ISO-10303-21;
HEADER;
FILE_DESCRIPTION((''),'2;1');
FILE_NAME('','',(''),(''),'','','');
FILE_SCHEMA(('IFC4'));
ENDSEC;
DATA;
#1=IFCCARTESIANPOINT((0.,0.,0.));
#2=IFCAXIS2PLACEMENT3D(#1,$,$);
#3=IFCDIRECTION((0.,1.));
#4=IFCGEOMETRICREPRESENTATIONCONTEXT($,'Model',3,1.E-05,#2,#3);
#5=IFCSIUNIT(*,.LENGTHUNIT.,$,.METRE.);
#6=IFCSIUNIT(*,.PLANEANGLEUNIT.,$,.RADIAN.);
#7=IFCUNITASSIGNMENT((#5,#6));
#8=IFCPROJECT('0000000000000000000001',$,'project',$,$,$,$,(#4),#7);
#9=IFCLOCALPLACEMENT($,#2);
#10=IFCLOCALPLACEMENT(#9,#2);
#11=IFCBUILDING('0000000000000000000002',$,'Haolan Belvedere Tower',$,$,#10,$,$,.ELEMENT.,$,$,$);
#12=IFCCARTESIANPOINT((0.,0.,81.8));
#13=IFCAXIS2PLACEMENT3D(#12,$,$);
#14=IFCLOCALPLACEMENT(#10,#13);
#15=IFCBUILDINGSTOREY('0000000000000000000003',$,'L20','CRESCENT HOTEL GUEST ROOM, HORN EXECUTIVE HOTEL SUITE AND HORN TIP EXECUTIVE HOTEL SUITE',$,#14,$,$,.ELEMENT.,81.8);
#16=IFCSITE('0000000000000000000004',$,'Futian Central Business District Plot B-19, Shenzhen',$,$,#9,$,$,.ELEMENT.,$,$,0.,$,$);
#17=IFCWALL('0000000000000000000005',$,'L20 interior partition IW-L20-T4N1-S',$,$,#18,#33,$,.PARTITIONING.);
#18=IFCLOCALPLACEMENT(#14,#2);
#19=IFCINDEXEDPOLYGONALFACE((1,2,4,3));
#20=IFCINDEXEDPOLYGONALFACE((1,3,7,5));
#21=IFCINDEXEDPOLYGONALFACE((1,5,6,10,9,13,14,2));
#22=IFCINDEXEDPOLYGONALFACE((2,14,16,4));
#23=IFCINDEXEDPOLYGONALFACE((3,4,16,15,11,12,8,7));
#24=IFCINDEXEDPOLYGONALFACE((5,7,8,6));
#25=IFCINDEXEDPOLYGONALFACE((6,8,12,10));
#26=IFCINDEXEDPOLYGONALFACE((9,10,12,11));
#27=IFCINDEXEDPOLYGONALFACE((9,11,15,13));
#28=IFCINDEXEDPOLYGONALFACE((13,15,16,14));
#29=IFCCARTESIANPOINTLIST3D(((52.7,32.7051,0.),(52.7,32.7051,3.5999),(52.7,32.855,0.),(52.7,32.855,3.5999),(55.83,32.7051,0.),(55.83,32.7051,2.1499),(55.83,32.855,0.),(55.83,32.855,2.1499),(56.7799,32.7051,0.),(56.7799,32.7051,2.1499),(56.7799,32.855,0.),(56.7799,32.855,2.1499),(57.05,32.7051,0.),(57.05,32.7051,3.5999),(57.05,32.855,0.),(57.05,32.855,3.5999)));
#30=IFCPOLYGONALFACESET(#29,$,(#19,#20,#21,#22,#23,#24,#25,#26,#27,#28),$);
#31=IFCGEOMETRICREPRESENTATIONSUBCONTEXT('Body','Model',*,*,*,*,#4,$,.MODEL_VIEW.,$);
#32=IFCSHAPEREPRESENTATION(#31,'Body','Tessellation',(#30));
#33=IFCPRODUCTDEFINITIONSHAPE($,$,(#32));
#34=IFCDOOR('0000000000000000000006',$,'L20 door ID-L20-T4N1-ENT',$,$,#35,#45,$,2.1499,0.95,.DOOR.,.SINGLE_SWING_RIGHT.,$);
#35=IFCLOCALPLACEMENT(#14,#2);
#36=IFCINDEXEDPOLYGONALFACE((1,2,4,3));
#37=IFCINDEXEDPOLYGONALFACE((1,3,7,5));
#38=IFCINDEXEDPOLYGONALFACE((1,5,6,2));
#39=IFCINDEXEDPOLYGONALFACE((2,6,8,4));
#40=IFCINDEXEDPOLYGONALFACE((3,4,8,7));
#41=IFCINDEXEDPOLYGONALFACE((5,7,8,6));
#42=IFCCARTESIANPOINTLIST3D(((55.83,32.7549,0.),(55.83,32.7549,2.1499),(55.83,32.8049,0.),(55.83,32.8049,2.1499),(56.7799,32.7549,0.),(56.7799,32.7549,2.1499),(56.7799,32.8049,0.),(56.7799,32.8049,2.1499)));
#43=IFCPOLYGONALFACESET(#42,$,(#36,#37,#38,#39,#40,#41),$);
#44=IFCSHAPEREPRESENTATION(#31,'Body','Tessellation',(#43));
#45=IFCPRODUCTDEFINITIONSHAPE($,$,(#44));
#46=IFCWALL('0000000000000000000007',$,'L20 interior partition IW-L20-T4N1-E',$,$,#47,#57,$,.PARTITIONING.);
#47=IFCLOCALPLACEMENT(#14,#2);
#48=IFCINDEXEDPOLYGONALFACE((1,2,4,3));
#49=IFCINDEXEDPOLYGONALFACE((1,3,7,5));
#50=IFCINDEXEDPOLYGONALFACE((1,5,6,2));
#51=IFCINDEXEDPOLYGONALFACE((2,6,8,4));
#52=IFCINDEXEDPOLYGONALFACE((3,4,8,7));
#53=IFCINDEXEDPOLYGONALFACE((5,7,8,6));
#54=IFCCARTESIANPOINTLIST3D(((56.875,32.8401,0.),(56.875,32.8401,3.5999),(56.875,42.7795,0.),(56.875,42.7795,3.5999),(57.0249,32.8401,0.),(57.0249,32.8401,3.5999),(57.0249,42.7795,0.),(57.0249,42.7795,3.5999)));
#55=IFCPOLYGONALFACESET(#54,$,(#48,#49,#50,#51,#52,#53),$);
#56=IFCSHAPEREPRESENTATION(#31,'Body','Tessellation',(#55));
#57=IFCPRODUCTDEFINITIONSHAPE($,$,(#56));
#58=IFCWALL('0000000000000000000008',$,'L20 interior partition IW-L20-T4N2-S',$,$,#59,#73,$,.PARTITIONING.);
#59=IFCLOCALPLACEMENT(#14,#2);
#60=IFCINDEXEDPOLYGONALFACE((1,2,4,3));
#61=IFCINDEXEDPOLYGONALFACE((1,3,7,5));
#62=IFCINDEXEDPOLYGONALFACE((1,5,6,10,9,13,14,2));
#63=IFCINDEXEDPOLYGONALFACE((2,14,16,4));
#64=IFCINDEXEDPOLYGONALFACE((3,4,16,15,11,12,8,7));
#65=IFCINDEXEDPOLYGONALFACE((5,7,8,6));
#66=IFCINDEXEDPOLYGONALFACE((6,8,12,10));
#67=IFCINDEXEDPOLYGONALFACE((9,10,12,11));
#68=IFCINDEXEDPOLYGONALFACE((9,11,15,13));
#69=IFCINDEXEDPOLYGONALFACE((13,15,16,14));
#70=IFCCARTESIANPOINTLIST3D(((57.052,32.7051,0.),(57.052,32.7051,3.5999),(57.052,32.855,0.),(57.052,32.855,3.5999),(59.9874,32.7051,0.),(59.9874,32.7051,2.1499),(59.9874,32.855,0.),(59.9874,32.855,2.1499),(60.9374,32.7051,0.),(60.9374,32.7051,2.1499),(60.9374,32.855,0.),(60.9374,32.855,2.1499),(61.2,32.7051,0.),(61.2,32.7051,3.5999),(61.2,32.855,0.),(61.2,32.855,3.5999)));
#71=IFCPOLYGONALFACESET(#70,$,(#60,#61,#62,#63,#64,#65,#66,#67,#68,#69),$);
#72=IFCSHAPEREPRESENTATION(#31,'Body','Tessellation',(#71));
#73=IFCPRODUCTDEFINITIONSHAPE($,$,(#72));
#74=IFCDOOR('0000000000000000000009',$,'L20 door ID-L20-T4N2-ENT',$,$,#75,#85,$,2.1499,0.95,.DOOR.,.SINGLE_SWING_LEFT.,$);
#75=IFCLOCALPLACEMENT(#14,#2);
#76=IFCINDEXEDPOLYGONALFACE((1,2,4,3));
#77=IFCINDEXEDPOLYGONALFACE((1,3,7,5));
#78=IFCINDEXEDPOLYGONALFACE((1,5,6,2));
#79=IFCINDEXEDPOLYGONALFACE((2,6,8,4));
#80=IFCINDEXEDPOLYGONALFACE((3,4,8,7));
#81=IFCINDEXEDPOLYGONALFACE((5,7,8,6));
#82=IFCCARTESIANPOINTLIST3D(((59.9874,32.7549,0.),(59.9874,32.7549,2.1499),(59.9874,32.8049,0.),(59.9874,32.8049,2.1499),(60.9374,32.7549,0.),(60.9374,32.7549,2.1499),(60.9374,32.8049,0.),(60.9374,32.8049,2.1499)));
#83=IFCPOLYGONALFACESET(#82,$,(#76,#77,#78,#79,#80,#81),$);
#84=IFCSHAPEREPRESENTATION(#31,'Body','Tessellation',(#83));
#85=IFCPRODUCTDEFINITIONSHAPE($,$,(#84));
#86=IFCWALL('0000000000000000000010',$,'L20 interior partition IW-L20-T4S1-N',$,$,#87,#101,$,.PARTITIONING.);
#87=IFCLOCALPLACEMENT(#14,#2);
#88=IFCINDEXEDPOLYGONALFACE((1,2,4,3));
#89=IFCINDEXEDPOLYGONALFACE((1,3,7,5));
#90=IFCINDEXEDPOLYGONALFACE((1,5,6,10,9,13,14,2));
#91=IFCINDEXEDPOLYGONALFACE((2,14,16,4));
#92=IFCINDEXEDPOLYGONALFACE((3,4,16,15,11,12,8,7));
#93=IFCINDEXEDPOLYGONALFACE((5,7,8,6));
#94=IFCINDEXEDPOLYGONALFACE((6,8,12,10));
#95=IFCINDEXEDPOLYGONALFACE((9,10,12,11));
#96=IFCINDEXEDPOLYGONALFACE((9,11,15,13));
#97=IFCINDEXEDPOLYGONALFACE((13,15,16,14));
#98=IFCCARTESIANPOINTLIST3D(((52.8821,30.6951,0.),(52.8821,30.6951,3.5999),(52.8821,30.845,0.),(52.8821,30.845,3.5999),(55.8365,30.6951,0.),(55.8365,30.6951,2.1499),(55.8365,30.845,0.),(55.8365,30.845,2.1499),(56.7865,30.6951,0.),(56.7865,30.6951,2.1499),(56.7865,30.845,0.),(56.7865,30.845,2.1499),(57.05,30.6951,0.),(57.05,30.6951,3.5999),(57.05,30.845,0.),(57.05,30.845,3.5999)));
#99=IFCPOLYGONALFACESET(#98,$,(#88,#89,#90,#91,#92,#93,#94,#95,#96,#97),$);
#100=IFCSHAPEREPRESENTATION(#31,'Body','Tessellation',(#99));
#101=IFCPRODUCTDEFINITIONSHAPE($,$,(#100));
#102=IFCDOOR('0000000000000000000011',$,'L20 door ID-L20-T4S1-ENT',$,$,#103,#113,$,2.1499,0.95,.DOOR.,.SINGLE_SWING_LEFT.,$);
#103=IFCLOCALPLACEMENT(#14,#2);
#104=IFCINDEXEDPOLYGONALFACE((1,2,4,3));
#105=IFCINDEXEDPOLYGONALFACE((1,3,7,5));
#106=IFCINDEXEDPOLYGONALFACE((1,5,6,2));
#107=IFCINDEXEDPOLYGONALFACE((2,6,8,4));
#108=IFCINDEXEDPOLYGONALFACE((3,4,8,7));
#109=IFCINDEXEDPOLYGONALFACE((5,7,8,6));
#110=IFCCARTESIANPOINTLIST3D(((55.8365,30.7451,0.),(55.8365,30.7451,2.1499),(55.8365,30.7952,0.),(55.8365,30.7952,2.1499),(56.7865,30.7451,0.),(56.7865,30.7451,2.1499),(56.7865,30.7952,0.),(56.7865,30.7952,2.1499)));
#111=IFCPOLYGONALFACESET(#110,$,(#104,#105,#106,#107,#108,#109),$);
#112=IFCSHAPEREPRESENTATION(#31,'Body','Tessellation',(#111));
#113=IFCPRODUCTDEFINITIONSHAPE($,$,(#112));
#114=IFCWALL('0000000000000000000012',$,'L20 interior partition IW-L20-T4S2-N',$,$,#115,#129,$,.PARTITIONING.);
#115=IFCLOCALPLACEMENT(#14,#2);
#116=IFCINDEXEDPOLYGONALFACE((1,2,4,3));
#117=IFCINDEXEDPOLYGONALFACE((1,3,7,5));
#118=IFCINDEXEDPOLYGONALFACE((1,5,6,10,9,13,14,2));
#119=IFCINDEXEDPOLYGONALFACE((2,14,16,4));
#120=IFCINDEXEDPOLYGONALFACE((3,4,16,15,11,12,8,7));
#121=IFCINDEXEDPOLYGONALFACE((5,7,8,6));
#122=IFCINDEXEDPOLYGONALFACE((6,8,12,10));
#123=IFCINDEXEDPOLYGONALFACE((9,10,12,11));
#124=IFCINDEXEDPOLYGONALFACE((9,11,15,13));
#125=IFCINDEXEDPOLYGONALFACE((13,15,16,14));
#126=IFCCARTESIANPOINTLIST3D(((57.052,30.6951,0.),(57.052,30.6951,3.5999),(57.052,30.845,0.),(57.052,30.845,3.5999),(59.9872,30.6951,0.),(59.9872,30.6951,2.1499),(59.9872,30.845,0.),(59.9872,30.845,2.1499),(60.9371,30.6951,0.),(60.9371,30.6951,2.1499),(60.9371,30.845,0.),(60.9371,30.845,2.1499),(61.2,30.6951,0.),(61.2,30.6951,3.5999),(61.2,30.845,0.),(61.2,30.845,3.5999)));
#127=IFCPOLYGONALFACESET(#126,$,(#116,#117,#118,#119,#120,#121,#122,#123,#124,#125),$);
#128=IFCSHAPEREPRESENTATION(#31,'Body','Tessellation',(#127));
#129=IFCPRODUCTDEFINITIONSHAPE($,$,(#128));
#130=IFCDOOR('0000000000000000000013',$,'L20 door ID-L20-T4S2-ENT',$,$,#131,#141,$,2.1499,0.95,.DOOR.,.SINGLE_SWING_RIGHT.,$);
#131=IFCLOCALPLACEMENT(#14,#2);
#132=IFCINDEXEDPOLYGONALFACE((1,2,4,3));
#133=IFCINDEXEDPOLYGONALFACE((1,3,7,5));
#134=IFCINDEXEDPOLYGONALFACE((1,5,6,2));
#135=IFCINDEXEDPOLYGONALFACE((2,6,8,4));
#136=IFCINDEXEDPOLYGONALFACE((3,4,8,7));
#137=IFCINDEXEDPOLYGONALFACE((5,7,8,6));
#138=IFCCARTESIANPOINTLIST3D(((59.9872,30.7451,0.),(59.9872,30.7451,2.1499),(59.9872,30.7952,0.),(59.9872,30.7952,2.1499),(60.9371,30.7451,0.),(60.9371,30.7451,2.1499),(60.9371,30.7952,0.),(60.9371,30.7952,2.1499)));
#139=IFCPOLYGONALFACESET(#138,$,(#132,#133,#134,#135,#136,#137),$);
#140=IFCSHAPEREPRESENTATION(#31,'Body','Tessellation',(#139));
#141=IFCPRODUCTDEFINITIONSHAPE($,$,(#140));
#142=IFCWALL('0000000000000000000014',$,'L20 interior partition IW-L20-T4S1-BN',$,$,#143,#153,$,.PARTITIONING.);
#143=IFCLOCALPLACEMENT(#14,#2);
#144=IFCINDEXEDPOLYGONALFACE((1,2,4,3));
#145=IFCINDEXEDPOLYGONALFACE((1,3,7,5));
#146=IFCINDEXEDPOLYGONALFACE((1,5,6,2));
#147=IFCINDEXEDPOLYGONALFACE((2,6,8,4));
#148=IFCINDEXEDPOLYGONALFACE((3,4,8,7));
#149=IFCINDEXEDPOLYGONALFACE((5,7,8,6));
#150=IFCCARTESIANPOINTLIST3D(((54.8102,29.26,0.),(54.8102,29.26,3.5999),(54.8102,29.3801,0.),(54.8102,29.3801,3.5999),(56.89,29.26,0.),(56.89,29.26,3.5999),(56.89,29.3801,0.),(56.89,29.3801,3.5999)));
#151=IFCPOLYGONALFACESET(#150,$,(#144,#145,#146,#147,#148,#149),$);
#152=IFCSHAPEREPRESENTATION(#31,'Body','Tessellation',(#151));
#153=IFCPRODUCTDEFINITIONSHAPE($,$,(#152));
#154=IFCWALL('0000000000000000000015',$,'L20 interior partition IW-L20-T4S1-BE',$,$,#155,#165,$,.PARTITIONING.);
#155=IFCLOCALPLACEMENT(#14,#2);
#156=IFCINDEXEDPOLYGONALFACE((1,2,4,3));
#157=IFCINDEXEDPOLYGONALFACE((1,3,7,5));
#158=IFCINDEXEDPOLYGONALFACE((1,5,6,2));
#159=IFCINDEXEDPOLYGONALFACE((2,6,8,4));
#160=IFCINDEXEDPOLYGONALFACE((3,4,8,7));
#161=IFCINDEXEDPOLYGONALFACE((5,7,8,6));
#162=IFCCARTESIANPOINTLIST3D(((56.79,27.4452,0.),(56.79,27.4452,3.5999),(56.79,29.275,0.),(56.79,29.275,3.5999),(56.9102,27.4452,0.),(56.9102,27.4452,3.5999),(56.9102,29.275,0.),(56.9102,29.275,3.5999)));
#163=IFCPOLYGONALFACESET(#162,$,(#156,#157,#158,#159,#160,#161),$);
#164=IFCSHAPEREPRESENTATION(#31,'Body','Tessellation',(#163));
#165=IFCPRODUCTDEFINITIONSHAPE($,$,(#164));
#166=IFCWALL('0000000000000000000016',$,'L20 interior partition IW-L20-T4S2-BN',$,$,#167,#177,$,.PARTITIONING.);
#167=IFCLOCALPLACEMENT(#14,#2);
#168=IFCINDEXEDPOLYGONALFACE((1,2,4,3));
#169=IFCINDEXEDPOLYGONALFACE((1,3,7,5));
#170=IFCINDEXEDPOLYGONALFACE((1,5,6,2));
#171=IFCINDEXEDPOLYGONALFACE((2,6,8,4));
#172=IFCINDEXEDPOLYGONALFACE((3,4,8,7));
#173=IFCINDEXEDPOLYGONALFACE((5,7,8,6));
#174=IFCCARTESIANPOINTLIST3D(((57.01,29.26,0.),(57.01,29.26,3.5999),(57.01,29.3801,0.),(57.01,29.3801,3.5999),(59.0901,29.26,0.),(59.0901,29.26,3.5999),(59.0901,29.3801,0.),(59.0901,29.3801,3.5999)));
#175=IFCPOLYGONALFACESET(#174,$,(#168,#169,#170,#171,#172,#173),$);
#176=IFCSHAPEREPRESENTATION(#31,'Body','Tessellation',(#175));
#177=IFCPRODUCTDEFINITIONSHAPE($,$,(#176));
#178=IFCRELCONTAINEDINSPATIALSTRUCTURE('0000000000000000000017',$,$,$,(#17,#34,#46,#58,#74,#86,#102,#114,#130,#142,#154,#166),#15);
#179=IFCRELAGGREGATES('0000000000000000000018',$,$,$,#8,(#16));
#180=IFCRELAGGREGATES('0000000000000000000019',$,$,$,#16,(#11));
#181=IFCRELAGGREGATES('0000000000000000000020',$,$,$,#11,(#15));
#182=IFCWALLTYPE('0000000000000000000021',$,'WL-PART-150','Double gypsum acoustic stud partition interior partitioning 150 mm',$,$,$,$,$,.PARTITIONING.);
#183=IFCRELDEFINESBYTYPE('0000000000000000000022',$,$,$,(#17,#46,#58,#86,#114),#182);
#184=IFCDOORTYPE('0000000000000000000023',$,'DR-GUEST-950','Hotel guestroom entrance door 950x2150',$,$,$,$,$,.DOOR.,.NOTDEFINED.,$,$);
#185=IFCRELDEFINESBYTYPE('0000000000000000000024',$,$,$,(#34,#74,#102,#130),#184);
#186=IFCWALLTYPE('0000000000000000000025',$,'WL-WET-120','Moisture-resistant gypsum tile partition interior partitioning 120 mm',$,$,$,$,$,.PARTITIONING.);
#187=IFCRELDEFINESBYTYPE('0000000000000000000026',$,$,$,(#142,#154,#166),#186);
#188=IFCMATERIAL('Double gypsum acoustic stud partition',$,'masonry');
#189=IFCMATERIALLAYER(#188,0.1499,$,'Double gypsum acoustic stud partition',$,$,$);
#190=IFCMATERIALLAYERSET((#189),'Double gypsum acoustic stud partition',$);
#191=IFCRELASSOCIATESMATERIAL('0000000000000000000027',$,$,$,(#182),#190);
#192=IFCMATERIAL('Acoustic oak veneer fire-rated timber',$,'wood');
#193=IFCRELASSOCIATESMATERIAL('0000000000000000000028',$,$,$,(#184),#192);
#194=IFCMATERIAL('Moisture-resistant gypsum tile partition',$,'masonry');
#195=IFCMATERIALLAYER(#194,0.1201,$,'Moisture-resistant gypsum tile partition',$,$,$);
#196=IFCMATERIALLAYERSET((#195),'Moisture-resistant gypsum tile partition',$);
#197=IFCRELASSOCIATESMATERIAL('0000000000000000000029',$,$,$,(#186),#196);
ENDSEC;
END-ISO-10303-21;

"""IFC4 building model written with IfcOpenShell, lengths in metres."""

from ifc_helpers import new_model, si_unit, direction, frame, frame_2d, origin, place, context, subcontext, project, spatial, rectangle, extrude, material, layer, layer_set, type_object, element, fill, save


model = new_model("IFC4")

# Units and contexts
model_context = context("Model", 3, precision=1e-05, world=origin(), true_north=direction((0.0, 1.0)))
body_context = subcontext(model_context, "Body", "Model", "MODEL_VIEW")
ifc_project = project(units=[si_unit("LENGTHUNIT", "METRE"), si_unit("PLANEANGLEUNIT", "RADIAN")], contexts=[model_context])

# Site, building, storey
site_placement = place(None, origin())
site = spatial("IfcSite", under=ifc_project, at=site_placement, Name="Futian Central Business District Plot B-19, Shenzhen", CompositionType="ELEMENT", RefElevation=0.0)
building_placement = place(site_placement, origin())
building = spatial("IfcBuilding", under=site, at=building_placement, Name="Haolan Belvedere Tower", CompositionType="ELEMENT")
storey_placement = place(building_placement, frame((0.0, 0.0, 81.8)))
storey = spatial("IfcBuildingStorey", under=building, at=storey_placement, Name="L20", Description="CRESCENT HOTEL GUEST ROOM, HORN EXECUTIVE HOTEL SUITE AND HORN TIP EXECUTIVE HOTEL SUITE", CompositionType="ELEMENT", Elevation=81.8)

# Wall, opening, door
ifc_material_1 = material(Name="Double gypsum acoustic stud partition", Category="masonry")
ifc_layer_1 = layer(ifc_material_1, 0.1499, Name="Double gypsum acoustic stud partition")
ifc_layer_set_1 = layer_set([ifc_layer_1], Name="Double gypsum acoustic stud partition")
wall_type_1 = type_object("IfcWallType", Name="WL-PART-150", Description="Double gypsum acoustic stud partition interior partitioning 150 mm", PredefinedType="PARTITIONING", material=ifc_layer_set_1)
wall_1_placement = place(storey_placement, frame((52.7, 32.78, 0.0), z_axis=(0.0, 0.0, 1.0), x_axis=(1.0, 0.0, 0.0)))
wall_1 = element("IfcWall", 1, at=wall_1_placement, inside=storey, type_object=wall_type_1, Name="L20 interior partition IW-L20-T4N1-S", PredefinedType="PARTITIONING", context=body_context, shape_type="SweptSolid", body=[
    extrude(rectangle(XDim=4.3501, YDim=0.1499, at=frame_2d((2.175, 0.0))), origin(), (0.0, 0.0, 1.0), 3.5999),
])
opening_1_placement = place(wall_1_placement, frame((3.1299, 0.0, 0.0)))
opening_1 = element("IfcOpeningElement", 2, at=opening_1_placement, cuts=wall_1, PredefinedType="OPENING", context=body_context, shape_type="SweptSolid", body=[
    extrude(rectangle(XDim=0.95, YDim=2.1499, at=frame_2d((0.4751, 1.075))), frame((0.0, 0.085, 0.0), z_axis=(0.0, -1.0, 0.0), x_axis=(1.0, 0.0, 0.0)), (0.0, 0.0, 1.0), 0.1699),
])
ifc_material_2 = material(Name="Acoustic oak veneer fire-rated timber", Category="wood")
door_type = type_object("IfcDoorType", Name="DR-GUEST-950", Description="Hotel guestroom entrance door 950x2150", OperationType="NOTDEFINED", PredefinedType="DOOR", material=ifc_material_2)
door_1_placement = place(opening_1_placement, origin())
door_1 = element("IfcDoor", 3, at=door_1_placement, inside=storey, type_object=door_type, Name="L20 door ID-L20-T4N1-ENT", OperationType="SINGLE_SWING_RIGHT", OverallHeight=2.1499, OverallWidth=0.95, PredefinedType="DOOR", context=body_context, shape_type="SweptSolid", body=[
    extrude(rectangle(XDim=0.95, YDim=2.1499, at=frame_2d((0.4751, 1.075))), frame((0.0, 0.0249, 0.0), z_axis=(0.0, -1.0, 0.0), x_axis=(1.0, 0.0, 0.0)), (0.0, 0.0, 1.0), 0.05),
])
fill(opening_1, door_1)

# Wall
wall_2_placement = place(storey_placement, frame((56.95, 32.8401, 0.0), z_axis=(0.0, 0.0, 1.0), x_axis=(0.0, 1.0, 0.0)))
element("IfcWall", 4, at=wall_2_placement, inside=storey, type_object=wall_type_1, Name="L20 interior partition IW-L20-T4N1-E", PredefinedType="PARTITIONING", context=body_context, shape_type="SweptSolid", body=[
    extrude(rectangle(XDim=9.9395, YDim=0.1499, at=frame_2d((4.9697, 0.0))), origin(), (0.0, 0.0, 1.0), 3.5999),
])

# Walls, openings, doors
wall_3_placement = place(storey_placement, frame((57.052, 32.78, 0.0), z_axis=(0.0, 0.0, 1.0), x_axis=(1.0, 0.0, 0.0)))
wall_3 = element("IfcWall", 5, at=wall_3_placement, inside=storey, type_object=wall_type_1, Name="L20 interior partition IW-L20-T4N2-S", PredefinedType="PARTITIONING", context=body_context, shape_type="SweptSolid", body=[
    extrude(rectangle(XDim=4.1479, YDim=0.1499, at=frame_2d((2.074, 0.0))), origin(), (0.0, 0.0, 1.0), 3.5999),
])
opening_2_placement = place(wall_3_placement, frame((2.9353, 0.0, 0.0)))
opening_2 = element("IfcOpeningElement", 6, at=opening_2_placement, cuts=wall_3, PredefinedType="OPENING", context=body_context, shape_type="SweptSolid", body=[
    extrude(rectangle(XDim=0.95, YDim=2.1499, at=frame_2d((0.4751, 1.075))), frame((0.0, 0.085, 0.0), z_axis=(0.0, -1.0, 0.0), x_axis=(1.0, 0.0, 0.0)), (0.0, 0.0, 1.0), 0.1699),
])
door_2_placement = place(opening_2_placement, origin())
door_2 = element("IfcDoor", 7, at=door_2_placement, inside=storey, type_object=door_type, Name="L20 door ID-L20-T4N2-ENT", OperationType="SINGLE_SWING_LEFT", OverallHeight=2.1499, OverallWidth=0.95, PredefinedType="DOOR", context=body_context, shape_type="SweptSolid", body=[
    extrude(rectangle(XDim=0.95, YDim=2.1499, at=frame_2d((0.4751, 1.075))), frame((0.0, 0.0249, 0.0), z_axis=(0.0, -1.0, 0.0), x_axis=(1.0, 0.0, 0.0)), (0.0, 0.0, 1.0), 0.05),
])
fill(opening_2, door_2)
wall_4_placement = place(storey_placement, frame((52.8821, 30.77, 0.0), z_axis=(0.0, 0.0, 1.0), x_axis=(1.0, 0.0, 0.0)))
wall_4 = element("IfcWall", 8, at=wall_4_placement, inside=storey, type_object=wall_type_1, Name="L20 interior partition IW-L20-T4S1-N", PredefinedType="PARTITIONING", context=body_context, shape_type="SweptSolid", body=[
    extrude(rectangle(XDim=4.168, YDim=0.1499, at=frame_2d((2.084, 0.0))), origin(), (0.0, 0.0, 1.0), 3.5999),
])
opening_3_placement = place(wall_4_placement, frame((3.9045, 0.0, 0.0), z_axis=(0.0, 0.0, 1.0), x_axis=(-1.0, 0.0, 0.0)))
opening_3 = element("IfcOpeningElement", 9, at=opening_3_placement, cuts=wall_4, PredefinedType="OPENING", context=body_context, shape_type="SweptSolid", body=[
    extrude(rectangle(XDim=0.95, YDim=2.1499, at=frame_2d((0.4751, 1.075))), frame((0.0, 0.085, 0.0), z_axis=(0.0, -1.0, 0.0), x_axis=(1.0, 0.0, 0.0)), (0.0, 0.0, 1.0), 0.1699),
])
door_3_placement = place(opening_3_placement, origin())
door_3 = element("IfcDoor", 10, at=door_3_placement, inside=storey, type_object=door_type, Name="L20 door ID-L20-T4S1-ENT", OperationType="SINGLE_SWING_LEFT", OverallHeight=2.1499, OverallWidth=0.95, PredefinedType="DOOR", context=body_context, shape_type="SweptSolid", body=[
    extrude(rectangle(XDim=0.95, YDim=2.1499, at=frame_2d((0.4751, 1.075))), frame((0.0, 0.0249, 0.0), z_axis=(0.0, -1.0, 0.0), x_axis=(1.0, 0.0, 0.0)), (0.0, 0.0, 1.0), 0.05),
])
fill(opening_3, door_3)
wall_5_placement = place(storey_placement, frame((57.052, 30.77, 0.0), z_axis=(0.0, 0.0, 1.0), x_axis=(1.0, 0.0, 0.0)))
wall_5 = element("IfcWall", 11, at=wall_5_placement, inside=storey, type_object=wall_type_1, Name="L20 interior partition IW-L20-T4S2-N", PredefinedType="PARTITIONING", context=body_context, shape_type="SweptSolid", body=[
    extrude(rectangle(XDim=4.1479, YDim=0.1499, at=frame_2d((2.074, 0.0))), origin(), (0.0, 0.0, 1.0), 3.5999),
])
opening_4_placement = place(wall_5_placement, frame((3.8853, 0.0, 0.0), z_axis=(0.0, 0.0, 1.0), x_axis=(-1.0, 0.0, 0.0)))
opening_4 = element("IfcOpeningElement", 12, at=opening_4_placement, cuts=wall_5, PredefinedType="OPENING", context=body_context, shape_type="SweptSolid", body=[
    extrude(rectangle(XDim=0.95, YDim=2.1499, at=frame_2d((0.4751, 1.075))), frame((0.0, 0.085, 0.0), z_axis=(0.0, -1.0, 0.0), x_axis=(1.0, 0.0, 0.0)), (0.0, 0.0, 1.0), 0.1699),
])
door_4_placement = place(opening_4_placement, origin())
door_4 = element("IfcDoor", 13, at=door_4_placement, inside=storey, type_object=door_type, Name="L20 door ID-L20-T4S2-ENT", OperationType="SINGLE_SWING_RIGHT", OverallHeight=2.1499, OverallWidth=0.95, PredefinedType="DOOR", context=body_context, shape_type="SweptSolid", body=[
    extrude(rectangle(XDim=0.95, YDim=2.1499, at=frame_2d((0.4751, 1.075))), frame((0.0, 0.0249, 0.0), z_axis=(0.0, -1.0, 0.0), x_axis=(1.0, 0.0, 0.0)), (0.0, 0.0, 1.0), 0.05),
])
fill(opening_4, door_4)

# Walls
ifc_material_3 = material(Name="Moisture-resistant gypsum tile partition", Category="masonry")
ifc_layer_2 = layer(ifc_material_3, 0.1201, Name="Moisture-resistant gypsum tile partition")
ifc_layer_set_2 = layer_set([ifc_layer_2], Name="Moisture-resistant gypsum tile partition")
wall_type_2 = type_object("IfcWallType", Name="WL-WET-120", Description="Moisture-resistant gypsum tile partition interior partitioning 120 mm", PredefinedType="PARTITIONING", material=ifc_layer_set_2)
wall_6_placement = place(storey_placement, frame((54.8101, 29.3201, 0.0), z_axis=(0.0, 0.0, 1.0), x_axis=(1.0, 0.0, 0.0)))
element("IfcWall", 14, at=wall_6_placement, inside=storey, type_object=wall_type_2, Name="L20 interior partition IW-L20-T4S1-BN", PredefinedType="PARTITIONING", context=body_context, shape_type="SweptSolid", body=[
    extrude(rectangle(XDim=2.0798, YDim=0.1201, at=frame_2d((1.04, 0.0))), origin(), (0.0, 0.0, 1.0), 3.5999),
])
wall_7_placement = place(storey_placement, frame((56.8501, 27.4451, 0.0), z_axis=(0.0, 0.0, 1.0), x_axis=(0.0, 1.0, 0.0)))
element("IfcWall", 15, at=wall_7_placement, inside=storey, type_object=wall_type_2, Name="L20 interior partition IW-L20-T4S1-BE", PredefinedType="PARTITIONING", context=body_context, shape_type="SweptSolid", body=[
    extrude(rectangle(XDim=1.8298, YDim=0.1201, at=frame_2d((0.915, 0.0))), origin(), (0.0, 0.0, 1.0), 3.5999),
])
wall_8_placement = place(storey_placement, frame((57.01, 29.3201, 0.0), z_axis=(0.0, 0.0, 1.0), x_axis=(1.0, 0.0, 0.0)))
element("IfcWall", 16, at=wall_8_placement, inside=storey, type_object=wall_type_2, Name="L20 interior partition IW-L20-T4S2-BN", PredefinedType="PARTITIONING", context=body_context, shape_type="SweptSolid", body=[
    extrude(rectangle(XDim=2.0801, YDim=0.1201, at=frame_2d((1.04, 0.0))), origin(), (0.0, 0.0, 1.0), 3.5999),
])

save(model, "model.ifc")
